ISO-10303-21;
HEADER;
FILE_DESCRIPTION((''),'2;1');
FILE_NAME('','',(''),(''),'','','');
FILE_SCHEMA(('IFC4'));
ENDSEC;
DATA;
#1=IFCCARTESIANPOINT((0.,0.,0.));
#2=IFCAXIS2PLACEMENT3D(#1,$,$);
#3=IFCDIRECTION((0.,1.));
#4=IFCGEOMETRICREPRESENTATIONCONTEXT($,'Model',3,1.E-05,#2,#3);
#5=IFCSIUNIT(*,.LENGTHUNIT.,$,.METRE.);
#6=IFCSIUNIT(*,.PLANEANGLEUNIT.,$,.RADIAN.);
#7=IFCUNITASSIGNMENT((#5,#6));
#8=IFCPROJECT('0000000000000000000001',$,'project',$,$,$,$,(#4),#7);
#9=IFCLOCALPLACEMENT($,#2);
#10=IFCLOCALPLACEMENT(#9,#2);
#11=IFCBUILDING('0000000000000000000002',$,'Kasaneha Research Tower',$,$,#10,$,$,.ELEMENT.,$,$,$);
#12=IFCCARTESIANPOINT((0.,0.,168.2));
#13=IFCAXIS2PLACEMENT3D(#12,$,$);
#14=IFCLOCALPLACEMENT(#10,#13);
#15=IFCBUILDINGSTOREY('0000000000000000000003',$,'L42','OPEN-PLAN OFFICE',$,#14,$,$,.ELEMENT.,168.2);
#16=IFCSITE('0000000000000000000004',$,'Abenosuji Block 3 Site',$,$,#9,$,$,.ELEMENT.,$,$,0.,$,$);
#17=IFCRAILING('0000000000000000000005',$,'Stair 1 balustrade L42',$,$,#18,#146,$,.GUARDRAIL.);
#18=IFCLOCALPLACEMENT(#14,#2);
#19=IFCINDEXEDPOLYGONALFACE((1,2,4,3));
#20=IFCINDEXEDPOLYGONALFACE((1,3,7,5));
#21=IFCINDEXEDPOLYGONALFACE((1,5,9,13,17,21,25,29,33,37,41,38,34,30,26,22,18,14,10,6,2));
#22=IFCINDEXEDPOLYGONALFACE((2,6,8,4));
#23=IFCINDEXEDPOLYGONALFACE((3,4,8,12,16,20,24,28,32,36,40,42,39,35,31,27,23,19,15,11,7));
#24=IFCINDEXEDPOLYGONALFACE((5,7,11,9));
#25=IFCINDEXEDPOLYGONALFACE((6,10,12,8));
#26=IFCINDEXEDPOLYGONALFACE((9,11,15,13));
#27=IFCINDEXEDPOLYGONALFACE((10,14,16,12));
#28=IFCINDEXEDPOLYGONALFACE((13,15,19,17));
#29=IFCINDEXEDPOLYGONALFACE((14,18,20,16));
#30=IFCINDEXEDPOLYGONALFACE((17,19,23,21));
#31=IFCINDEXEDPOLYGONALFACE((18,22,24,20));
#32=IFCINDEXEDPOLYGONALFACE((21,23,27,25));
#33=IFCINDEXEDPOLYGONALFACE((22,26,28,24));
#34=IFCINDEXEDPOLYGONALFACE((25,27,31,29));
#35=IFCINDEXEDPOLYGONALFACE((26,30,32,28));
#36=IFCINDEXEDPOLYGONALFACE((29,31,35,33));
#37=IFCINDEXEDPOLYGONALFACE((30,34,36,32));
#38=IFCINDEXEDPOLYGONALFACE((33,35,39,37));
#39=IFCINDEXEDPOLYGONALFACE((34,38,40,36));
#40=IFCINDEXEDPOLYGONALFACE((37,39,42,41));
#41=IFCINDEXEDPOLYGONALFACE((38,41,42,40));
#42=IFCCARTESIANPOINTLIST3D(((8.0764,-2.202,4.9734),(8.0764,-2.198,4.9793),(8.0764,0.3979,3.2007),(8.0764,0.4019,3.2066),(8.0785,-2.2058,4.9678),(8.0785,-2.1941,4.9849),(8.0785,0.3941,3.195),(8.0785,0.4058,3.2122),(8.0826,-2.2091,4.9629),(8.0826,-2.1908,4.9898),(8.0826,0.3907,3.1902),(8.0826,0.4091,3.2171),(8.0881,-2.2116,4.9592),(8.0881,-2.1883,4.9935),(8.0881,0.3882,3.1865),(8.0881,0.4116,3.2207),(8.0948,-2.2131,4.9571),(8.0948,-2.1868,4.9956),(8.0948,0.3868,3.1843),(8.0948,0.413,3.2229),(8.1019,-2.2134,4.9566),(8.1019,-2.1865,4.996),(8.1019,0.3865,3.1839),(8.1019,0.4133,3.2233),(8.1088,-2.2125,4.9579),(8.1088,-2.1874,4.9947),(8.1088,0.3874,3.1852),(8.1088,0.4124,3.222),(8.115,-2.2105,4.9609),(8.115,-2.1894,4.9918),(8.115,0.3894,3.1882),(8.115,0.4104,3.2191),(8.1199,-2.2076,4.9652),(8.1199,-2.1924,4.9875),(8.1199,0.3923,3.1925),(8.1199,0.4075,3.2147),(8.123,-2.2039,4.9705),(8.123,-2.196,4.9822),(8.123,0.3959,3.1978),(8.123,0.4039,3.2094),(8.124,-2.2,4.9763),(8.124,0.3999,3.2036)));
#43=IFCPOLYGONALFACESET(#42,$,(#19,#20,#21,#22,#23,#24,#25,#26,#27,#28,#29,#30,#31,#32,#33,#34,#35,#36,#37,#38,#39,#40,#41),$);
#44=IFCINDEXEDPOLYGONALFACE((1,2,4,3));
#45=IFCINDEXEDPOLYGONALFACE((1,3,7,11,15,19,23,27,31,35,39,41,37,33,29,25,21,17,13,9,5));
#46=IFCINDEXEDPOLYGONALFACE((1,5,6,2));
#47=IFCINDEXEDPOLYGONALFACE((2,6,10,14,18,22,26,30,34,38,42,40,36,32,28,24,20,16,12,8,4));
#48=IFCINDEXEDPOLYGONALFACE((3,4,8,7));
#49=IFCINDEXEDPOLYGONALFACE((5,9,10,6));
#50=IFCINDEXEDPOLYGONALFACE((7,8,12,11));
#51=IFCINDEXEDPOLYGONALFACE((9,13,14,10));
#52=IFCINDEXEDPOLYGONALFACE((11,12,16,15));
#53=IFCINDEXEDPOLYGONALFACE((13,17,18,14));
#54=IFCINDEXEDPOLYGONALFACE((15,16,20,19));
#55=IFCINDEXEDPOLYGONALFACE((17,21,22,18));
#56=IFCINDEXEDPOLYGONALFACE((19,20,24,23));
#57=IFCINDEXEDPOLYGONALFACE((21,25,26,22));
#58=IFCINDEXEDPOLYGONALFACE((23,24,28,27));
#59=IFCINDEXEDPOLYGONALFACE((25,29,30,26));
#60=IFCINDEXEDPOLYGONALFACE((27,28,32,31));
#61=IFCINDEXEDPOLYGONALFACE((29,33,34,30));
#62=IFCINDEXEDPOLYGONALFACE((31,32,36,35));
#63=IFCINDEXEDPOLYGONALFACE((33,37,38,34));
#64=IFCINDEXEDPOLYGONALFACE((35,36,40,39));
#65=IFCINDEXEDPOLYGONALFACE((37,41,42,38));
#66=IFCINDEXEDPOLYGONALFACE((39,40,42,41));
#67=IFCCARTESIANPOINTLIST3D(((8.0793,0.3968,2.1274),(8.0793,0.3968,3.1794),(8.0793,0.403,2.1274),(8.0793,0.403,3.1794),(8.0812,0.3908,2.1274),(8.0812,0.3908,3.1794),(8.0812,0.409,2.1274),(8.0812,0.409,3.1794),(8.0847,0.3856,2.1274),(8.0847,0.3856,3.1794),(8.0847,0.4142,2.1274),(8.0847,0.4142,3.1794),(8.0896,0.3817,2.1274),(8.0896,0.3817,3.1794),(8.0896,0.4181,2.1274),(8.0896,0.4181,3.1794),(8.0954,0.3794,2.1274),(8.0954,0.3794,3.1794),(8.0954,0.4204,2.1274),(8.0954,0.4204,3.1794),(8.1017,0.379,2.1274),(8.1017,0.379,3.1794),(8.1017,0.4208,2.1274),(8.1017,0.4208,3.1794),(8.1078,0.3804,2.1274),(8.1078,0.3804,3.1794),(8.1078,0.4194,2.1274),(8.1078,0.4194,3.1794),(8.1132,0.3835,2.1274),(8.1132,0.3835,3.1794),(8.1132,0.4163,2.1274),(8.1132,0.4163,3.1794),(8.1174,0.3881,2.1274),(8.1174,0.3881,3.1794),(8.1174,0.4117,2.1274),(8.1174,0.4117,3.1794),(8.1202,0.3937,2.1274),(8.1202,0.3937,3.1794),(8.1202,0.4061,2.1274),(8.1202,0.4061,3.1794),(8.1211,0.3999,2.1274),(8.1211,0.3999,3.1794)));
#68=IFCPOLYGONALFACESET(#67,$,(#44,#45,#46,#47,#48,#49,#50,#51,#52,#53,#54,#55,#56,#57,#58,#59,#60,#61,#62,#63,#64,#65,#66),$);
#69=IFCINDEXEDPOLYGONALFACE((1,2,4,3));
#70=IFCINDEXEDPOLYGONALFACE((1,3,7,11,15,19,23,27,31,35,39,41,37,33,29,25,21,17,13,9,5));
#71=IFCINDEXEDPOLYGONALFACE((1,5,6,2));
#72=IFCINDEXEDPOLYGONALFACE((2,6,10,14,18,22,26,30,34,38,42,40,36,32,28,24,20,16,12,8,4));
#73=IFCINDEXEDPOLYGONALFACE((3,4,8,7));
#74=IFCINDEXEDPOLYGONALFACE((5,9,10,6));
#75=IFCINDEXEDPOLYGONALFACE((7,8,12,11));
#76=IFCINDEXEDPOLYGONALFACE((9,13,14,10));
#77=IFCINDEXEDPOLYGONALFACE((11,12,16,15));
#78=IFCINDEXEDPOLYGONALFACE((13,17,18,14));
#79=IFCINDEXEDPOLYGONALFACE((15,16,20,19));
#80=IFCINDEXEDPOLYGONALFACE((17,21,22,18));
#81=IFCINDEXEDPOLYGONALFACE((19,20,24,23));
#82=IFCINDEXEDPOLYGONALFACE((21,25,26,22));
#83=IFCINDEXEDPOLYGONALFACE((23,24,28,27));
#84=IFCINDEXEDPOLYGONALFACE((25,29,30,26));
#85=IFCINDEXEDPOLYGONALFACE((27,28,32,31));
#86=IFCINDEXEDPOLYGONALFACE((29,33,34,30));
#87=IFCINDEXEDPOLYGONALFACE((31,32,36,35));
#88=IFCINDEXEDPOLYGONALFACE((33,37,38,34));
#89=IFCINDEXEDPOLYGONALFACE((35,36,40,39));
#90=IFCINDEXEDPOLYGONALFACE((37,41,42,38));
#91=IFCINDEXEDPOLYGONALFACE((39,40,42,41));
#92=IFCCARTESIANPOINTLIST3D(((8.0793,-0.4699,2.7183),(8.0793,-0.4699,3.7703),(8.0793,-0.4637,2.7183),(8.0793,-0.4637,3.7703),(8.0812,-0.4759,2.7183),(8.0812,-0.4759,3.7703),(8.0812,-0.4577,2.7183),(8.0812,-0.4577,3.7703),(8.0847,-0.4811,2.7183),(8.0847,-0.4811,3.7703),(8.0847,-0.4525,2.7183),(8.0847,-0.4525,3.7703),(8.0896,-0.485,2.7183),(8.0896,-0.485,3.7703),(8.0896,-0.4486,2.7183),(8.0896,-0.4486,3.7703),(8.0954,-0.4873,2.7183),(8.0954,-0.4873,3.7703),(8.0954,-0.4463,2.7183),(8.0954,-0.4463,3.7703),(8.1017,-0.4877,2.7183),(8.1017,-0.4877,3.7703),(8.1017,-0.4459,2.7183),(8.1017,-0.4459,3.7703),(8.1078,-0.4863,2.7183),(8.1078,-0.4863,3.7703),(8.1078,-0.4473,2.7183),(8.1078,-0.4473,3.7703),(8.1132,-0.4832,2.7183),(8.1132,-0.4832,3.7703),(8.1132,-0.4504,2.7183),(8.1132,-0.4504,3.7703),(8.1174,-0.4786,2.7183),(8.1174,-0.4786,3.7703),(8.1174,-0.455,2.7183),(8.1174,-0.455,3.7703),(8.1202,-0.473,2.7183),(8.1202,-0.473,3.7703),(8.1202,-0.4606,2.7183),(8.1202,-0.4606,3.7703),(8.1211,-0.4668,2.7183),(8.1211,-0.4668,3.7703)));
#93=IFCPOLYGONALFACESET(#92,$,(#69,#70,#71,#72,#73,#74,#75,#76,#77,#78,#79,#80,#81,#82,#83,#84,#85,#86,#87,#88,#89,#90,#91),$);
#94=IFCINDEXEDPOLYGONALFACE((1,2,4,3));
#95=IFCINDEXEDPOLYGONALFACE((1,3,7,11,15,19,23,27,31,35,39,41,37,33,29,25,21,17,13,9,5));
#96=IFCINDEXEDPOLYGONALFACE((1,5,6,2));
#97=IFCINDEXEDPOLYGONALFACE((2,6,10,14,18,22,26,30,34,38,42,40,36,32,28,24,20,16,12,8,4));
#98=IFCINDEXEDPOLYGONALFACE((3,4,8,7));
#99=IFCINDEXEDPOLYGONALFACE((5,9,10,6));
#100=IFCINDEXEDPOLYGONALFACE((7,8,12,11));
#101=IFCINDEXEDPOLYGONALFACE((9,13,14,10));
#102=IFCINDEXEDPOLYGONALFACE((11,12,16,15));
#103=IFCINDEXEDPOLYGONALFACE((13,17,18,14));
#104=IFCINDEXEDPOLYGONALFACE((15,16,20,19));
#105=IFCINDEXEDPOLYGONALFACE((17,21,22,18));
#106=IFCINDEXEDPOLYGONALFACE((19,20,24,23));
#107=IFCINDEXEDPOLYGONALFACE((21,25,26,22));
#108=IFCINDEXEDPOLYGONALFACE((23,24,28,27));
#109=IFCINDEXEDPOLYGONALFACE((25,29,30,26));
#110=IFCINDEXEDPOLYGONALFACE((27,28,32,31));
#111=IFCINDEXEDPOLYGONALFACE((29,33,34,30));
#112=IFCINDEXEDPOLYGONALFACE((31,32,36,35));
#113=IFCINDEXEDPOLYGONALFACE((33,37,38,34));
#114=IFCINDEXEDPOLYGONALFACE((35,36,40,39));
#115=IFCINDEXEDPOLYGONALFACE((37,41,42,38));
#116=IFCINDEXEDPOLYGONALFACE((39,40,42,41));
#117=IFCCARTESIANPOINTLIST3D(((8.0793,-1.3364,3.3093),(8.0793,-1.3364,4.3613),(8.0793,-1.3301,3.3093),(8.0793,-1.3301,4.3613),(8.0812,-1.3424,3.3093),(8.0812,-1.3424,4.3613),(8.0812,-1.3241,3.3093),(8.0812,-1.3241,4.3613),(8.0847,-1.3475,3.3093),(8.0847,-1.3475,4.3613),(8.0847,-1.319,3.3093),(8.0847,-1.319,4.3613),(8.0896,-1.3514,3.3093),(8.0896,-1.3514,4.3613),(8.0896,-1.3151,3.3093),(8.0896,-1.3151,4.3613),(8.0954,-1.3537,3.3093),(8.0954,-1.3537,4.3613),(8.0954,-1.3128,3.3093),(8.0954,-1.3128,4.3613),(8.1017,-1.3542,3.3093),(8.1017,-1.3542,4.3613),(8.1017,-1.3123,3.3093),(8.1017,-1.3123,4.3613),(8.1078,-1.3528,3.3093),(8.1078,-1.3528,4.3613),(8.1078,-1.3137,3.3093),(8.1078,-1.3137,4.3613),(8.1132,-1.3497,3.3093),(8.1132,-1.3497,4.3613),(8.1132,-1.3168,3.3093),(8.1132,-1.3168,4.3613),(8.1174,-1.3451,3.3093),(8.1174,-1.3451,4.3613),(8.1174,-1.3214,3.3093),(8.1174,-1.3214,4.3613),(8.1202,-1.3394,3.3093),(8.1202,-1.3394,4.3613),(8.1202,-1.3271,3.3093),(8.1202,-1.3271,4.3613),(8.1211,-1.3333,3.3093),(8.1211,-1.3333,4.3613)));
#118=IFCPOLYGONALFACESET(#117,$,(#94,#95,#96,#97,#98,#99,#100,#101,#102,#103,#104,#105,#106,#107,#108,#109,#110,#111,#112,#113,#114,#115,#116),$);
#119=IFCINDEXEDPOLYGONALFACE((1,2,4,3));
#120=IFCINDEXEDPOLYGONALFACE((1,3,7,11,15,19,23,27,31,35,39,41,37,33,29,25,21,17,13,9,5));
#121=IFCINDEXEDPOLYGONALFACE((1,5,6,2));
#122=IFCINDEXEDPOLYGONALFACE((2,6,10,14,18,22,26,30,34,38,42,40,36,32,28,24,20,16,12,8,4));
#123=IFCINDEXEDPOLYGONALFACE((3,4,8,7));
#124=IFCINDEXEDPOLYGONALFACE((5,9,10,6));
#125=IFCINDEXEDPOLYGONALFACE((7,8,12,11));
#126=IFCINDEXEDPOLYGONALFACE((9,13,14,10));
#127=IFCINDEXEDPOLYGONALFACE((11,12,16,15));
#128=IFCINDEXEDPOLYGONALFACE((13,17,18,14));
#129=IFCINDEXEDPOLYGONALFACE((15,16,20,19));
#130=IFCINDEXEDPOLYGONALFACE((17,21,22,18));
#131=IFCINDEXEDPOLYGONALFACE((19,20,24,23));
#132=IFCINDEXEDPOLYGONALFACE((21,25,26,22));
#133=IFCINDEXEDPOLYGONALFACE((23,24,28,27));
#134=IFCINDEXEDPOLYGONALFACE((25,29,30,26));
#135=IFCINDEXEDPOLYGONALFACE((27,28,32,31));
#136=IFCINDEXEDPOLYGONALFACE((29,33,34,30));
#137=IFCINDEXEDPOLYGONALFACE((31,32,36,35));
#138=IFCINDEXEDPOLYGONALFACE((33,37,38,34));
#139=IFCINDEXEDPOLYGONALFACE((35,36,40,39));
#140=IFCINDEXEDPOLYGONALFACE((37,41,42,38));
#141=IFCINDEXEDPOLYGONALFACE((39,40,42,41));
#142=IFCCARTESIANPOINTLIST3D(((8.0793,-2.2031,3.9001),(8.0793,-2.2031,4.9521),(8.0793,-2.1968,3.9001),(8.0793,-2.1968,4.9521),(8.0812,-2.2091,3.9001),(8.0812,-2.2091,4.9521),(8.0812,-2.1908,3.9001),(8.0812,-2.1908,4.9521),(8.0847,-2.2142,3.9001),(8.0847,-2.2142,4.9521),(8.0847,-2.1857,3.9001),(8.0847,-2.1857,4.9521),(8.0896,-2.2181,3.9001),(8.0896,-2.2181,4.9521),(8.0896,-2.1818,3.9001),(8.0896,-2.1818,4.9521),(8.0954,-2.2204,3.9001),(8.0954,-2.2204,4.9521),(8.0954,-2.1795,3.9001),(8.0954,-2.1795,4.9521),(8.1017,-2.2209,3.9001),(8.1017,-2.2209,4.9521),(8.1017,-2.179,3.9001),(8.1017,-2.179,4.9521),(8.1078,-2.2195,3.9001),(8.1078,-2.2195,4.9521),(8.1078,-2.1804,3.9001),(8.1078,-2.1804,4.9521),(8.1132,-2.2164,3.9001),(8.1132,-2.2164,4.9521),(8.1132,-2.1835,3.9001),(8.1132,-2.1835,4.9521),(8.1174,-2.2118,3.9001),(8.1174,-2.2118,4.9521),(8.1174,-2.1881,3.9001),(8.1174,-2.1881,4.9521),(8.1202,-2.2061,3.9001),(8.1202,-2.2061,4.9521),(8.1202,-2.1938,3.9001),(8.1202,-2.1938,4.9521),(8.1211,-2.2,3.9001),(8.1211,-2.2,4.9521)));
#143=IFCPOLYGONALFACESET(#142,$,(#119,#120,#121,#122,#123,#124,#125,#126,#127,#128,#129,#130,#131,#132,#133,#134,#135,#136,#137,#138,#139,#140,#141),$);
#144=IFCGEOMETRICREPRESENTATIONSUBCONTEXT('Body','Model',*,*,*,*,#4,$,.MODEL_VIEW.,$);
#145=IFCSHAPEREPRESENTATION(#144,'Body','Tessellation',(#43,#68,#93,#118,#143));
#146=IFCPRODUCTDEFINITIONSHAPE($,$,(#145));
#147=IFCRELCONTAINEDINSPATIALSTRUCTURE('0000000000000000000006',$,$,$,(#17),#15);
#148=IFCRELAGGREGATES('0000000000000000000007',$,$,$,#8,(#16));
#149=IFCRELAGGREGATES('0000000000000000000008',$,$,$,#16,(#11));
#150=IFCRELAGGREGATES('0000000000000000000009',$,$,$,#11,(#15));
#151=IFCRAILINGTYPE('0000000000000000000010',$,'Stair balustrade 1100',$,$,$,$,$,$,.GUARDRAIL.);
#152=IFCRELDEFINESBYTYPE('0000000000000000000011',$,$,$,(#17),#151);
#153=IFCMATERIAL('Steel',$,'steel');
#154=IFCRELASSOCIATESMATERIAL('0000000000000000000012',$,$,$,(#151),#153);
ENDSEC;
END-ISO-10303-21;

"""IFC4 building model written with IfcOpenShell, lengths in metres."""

from ifc_helpers import new_model, si_unit, direction, frame, origin, origin_2d, place, context, subcontext, project, spatial, circle, extrude, material, type_object, element, save


model = new_model("IFC4")

# Units and contexts
model_context = context("Model", 3, precision=1e-05, world=origin(), true_north=direction((0.0, 1.0)))
body_context = subcontext(model_context, "Body", "Model", "MODEL_VIEW")
ifc_project = project(units=[si_unit("LENGTHUNIT", "METRE"), si_unit("PLANEANGLEUNIT", "RADIAN")], contexts=[model_context])

# Site, building, storey
site_placement = place(None, origin())
site = spatial("IfcSite", under=ifc_project, at=site_placement, Name="Abenosuji Block 3 Site", CompositionType="ELEMENT", RefElevation=0.0)
building_placement = place(site_placement, origin())
building = spatial("IfcBuilding", under=site, at=building_placement, Name="Kasaneha Research Tower", CompositionType="ELEMENT")
storey_placement = place(building_placement, frame((0.0, 0.0, 168.2)))
storey = spatial("IfcBuildingStorey", under=building, at=storey_placement, Name="L42", Description="OPEN-PLAN OFFICE", CompositionType="ELEMENT", Elevation=168.2)

# Railing
ifc_material_1 = material(Name="Steel", Category="steel")
railing_type_1 = type_object("IfcRailingType", Name="Stair balustrade 1100", PredefinedType="GUARDRAIL", material=ifc_material_1)
railing_1_placement = place(storey_placement, frame((8.1001, 0.3999, 2.1274)))
element("IfcRailing", 1, at=railing_1_placement, inside=storey, type_object=railing_type_1, Name="Stair 1 balustrade L42", PredefinedType="GUARDRAIL", context=body_context, shape_type="SweptSolid", body=[
    extrude(circle(Radius=0.0239, at=origin_2d()), frame((0.0, 0.0, 1.0762), z_axis=(0.0, -0.826216, 0.563354), x_axis=(1.0, 0.0, 0.0)), (0.0, 0.0, 1.0), 3.1467),
    extrude(circle(Radius=0.021, at=origin_2d()), origin(), (0.0, 0.0, 1.0), 1.052),
    extrude(circle(Radius=0.021, at=origin_2d()), frame((0.0, -0.8667, 0.5908)), (0.0, 0.0, 1.0), 1.052),
    extrude(circle(Radius=0.021, at=origin_2d()), frame((0.0, -1.7332, 1.1819)), (0.0, 0.0, 1.0), 1.052),
    extrude(circle(Radius=0.021, at=origin_2d()), frame((0.0, -2.5999, 1.7727)), (0.0, 0.0, 1.0), 1.052),
])

save(model, "model.ifc")
